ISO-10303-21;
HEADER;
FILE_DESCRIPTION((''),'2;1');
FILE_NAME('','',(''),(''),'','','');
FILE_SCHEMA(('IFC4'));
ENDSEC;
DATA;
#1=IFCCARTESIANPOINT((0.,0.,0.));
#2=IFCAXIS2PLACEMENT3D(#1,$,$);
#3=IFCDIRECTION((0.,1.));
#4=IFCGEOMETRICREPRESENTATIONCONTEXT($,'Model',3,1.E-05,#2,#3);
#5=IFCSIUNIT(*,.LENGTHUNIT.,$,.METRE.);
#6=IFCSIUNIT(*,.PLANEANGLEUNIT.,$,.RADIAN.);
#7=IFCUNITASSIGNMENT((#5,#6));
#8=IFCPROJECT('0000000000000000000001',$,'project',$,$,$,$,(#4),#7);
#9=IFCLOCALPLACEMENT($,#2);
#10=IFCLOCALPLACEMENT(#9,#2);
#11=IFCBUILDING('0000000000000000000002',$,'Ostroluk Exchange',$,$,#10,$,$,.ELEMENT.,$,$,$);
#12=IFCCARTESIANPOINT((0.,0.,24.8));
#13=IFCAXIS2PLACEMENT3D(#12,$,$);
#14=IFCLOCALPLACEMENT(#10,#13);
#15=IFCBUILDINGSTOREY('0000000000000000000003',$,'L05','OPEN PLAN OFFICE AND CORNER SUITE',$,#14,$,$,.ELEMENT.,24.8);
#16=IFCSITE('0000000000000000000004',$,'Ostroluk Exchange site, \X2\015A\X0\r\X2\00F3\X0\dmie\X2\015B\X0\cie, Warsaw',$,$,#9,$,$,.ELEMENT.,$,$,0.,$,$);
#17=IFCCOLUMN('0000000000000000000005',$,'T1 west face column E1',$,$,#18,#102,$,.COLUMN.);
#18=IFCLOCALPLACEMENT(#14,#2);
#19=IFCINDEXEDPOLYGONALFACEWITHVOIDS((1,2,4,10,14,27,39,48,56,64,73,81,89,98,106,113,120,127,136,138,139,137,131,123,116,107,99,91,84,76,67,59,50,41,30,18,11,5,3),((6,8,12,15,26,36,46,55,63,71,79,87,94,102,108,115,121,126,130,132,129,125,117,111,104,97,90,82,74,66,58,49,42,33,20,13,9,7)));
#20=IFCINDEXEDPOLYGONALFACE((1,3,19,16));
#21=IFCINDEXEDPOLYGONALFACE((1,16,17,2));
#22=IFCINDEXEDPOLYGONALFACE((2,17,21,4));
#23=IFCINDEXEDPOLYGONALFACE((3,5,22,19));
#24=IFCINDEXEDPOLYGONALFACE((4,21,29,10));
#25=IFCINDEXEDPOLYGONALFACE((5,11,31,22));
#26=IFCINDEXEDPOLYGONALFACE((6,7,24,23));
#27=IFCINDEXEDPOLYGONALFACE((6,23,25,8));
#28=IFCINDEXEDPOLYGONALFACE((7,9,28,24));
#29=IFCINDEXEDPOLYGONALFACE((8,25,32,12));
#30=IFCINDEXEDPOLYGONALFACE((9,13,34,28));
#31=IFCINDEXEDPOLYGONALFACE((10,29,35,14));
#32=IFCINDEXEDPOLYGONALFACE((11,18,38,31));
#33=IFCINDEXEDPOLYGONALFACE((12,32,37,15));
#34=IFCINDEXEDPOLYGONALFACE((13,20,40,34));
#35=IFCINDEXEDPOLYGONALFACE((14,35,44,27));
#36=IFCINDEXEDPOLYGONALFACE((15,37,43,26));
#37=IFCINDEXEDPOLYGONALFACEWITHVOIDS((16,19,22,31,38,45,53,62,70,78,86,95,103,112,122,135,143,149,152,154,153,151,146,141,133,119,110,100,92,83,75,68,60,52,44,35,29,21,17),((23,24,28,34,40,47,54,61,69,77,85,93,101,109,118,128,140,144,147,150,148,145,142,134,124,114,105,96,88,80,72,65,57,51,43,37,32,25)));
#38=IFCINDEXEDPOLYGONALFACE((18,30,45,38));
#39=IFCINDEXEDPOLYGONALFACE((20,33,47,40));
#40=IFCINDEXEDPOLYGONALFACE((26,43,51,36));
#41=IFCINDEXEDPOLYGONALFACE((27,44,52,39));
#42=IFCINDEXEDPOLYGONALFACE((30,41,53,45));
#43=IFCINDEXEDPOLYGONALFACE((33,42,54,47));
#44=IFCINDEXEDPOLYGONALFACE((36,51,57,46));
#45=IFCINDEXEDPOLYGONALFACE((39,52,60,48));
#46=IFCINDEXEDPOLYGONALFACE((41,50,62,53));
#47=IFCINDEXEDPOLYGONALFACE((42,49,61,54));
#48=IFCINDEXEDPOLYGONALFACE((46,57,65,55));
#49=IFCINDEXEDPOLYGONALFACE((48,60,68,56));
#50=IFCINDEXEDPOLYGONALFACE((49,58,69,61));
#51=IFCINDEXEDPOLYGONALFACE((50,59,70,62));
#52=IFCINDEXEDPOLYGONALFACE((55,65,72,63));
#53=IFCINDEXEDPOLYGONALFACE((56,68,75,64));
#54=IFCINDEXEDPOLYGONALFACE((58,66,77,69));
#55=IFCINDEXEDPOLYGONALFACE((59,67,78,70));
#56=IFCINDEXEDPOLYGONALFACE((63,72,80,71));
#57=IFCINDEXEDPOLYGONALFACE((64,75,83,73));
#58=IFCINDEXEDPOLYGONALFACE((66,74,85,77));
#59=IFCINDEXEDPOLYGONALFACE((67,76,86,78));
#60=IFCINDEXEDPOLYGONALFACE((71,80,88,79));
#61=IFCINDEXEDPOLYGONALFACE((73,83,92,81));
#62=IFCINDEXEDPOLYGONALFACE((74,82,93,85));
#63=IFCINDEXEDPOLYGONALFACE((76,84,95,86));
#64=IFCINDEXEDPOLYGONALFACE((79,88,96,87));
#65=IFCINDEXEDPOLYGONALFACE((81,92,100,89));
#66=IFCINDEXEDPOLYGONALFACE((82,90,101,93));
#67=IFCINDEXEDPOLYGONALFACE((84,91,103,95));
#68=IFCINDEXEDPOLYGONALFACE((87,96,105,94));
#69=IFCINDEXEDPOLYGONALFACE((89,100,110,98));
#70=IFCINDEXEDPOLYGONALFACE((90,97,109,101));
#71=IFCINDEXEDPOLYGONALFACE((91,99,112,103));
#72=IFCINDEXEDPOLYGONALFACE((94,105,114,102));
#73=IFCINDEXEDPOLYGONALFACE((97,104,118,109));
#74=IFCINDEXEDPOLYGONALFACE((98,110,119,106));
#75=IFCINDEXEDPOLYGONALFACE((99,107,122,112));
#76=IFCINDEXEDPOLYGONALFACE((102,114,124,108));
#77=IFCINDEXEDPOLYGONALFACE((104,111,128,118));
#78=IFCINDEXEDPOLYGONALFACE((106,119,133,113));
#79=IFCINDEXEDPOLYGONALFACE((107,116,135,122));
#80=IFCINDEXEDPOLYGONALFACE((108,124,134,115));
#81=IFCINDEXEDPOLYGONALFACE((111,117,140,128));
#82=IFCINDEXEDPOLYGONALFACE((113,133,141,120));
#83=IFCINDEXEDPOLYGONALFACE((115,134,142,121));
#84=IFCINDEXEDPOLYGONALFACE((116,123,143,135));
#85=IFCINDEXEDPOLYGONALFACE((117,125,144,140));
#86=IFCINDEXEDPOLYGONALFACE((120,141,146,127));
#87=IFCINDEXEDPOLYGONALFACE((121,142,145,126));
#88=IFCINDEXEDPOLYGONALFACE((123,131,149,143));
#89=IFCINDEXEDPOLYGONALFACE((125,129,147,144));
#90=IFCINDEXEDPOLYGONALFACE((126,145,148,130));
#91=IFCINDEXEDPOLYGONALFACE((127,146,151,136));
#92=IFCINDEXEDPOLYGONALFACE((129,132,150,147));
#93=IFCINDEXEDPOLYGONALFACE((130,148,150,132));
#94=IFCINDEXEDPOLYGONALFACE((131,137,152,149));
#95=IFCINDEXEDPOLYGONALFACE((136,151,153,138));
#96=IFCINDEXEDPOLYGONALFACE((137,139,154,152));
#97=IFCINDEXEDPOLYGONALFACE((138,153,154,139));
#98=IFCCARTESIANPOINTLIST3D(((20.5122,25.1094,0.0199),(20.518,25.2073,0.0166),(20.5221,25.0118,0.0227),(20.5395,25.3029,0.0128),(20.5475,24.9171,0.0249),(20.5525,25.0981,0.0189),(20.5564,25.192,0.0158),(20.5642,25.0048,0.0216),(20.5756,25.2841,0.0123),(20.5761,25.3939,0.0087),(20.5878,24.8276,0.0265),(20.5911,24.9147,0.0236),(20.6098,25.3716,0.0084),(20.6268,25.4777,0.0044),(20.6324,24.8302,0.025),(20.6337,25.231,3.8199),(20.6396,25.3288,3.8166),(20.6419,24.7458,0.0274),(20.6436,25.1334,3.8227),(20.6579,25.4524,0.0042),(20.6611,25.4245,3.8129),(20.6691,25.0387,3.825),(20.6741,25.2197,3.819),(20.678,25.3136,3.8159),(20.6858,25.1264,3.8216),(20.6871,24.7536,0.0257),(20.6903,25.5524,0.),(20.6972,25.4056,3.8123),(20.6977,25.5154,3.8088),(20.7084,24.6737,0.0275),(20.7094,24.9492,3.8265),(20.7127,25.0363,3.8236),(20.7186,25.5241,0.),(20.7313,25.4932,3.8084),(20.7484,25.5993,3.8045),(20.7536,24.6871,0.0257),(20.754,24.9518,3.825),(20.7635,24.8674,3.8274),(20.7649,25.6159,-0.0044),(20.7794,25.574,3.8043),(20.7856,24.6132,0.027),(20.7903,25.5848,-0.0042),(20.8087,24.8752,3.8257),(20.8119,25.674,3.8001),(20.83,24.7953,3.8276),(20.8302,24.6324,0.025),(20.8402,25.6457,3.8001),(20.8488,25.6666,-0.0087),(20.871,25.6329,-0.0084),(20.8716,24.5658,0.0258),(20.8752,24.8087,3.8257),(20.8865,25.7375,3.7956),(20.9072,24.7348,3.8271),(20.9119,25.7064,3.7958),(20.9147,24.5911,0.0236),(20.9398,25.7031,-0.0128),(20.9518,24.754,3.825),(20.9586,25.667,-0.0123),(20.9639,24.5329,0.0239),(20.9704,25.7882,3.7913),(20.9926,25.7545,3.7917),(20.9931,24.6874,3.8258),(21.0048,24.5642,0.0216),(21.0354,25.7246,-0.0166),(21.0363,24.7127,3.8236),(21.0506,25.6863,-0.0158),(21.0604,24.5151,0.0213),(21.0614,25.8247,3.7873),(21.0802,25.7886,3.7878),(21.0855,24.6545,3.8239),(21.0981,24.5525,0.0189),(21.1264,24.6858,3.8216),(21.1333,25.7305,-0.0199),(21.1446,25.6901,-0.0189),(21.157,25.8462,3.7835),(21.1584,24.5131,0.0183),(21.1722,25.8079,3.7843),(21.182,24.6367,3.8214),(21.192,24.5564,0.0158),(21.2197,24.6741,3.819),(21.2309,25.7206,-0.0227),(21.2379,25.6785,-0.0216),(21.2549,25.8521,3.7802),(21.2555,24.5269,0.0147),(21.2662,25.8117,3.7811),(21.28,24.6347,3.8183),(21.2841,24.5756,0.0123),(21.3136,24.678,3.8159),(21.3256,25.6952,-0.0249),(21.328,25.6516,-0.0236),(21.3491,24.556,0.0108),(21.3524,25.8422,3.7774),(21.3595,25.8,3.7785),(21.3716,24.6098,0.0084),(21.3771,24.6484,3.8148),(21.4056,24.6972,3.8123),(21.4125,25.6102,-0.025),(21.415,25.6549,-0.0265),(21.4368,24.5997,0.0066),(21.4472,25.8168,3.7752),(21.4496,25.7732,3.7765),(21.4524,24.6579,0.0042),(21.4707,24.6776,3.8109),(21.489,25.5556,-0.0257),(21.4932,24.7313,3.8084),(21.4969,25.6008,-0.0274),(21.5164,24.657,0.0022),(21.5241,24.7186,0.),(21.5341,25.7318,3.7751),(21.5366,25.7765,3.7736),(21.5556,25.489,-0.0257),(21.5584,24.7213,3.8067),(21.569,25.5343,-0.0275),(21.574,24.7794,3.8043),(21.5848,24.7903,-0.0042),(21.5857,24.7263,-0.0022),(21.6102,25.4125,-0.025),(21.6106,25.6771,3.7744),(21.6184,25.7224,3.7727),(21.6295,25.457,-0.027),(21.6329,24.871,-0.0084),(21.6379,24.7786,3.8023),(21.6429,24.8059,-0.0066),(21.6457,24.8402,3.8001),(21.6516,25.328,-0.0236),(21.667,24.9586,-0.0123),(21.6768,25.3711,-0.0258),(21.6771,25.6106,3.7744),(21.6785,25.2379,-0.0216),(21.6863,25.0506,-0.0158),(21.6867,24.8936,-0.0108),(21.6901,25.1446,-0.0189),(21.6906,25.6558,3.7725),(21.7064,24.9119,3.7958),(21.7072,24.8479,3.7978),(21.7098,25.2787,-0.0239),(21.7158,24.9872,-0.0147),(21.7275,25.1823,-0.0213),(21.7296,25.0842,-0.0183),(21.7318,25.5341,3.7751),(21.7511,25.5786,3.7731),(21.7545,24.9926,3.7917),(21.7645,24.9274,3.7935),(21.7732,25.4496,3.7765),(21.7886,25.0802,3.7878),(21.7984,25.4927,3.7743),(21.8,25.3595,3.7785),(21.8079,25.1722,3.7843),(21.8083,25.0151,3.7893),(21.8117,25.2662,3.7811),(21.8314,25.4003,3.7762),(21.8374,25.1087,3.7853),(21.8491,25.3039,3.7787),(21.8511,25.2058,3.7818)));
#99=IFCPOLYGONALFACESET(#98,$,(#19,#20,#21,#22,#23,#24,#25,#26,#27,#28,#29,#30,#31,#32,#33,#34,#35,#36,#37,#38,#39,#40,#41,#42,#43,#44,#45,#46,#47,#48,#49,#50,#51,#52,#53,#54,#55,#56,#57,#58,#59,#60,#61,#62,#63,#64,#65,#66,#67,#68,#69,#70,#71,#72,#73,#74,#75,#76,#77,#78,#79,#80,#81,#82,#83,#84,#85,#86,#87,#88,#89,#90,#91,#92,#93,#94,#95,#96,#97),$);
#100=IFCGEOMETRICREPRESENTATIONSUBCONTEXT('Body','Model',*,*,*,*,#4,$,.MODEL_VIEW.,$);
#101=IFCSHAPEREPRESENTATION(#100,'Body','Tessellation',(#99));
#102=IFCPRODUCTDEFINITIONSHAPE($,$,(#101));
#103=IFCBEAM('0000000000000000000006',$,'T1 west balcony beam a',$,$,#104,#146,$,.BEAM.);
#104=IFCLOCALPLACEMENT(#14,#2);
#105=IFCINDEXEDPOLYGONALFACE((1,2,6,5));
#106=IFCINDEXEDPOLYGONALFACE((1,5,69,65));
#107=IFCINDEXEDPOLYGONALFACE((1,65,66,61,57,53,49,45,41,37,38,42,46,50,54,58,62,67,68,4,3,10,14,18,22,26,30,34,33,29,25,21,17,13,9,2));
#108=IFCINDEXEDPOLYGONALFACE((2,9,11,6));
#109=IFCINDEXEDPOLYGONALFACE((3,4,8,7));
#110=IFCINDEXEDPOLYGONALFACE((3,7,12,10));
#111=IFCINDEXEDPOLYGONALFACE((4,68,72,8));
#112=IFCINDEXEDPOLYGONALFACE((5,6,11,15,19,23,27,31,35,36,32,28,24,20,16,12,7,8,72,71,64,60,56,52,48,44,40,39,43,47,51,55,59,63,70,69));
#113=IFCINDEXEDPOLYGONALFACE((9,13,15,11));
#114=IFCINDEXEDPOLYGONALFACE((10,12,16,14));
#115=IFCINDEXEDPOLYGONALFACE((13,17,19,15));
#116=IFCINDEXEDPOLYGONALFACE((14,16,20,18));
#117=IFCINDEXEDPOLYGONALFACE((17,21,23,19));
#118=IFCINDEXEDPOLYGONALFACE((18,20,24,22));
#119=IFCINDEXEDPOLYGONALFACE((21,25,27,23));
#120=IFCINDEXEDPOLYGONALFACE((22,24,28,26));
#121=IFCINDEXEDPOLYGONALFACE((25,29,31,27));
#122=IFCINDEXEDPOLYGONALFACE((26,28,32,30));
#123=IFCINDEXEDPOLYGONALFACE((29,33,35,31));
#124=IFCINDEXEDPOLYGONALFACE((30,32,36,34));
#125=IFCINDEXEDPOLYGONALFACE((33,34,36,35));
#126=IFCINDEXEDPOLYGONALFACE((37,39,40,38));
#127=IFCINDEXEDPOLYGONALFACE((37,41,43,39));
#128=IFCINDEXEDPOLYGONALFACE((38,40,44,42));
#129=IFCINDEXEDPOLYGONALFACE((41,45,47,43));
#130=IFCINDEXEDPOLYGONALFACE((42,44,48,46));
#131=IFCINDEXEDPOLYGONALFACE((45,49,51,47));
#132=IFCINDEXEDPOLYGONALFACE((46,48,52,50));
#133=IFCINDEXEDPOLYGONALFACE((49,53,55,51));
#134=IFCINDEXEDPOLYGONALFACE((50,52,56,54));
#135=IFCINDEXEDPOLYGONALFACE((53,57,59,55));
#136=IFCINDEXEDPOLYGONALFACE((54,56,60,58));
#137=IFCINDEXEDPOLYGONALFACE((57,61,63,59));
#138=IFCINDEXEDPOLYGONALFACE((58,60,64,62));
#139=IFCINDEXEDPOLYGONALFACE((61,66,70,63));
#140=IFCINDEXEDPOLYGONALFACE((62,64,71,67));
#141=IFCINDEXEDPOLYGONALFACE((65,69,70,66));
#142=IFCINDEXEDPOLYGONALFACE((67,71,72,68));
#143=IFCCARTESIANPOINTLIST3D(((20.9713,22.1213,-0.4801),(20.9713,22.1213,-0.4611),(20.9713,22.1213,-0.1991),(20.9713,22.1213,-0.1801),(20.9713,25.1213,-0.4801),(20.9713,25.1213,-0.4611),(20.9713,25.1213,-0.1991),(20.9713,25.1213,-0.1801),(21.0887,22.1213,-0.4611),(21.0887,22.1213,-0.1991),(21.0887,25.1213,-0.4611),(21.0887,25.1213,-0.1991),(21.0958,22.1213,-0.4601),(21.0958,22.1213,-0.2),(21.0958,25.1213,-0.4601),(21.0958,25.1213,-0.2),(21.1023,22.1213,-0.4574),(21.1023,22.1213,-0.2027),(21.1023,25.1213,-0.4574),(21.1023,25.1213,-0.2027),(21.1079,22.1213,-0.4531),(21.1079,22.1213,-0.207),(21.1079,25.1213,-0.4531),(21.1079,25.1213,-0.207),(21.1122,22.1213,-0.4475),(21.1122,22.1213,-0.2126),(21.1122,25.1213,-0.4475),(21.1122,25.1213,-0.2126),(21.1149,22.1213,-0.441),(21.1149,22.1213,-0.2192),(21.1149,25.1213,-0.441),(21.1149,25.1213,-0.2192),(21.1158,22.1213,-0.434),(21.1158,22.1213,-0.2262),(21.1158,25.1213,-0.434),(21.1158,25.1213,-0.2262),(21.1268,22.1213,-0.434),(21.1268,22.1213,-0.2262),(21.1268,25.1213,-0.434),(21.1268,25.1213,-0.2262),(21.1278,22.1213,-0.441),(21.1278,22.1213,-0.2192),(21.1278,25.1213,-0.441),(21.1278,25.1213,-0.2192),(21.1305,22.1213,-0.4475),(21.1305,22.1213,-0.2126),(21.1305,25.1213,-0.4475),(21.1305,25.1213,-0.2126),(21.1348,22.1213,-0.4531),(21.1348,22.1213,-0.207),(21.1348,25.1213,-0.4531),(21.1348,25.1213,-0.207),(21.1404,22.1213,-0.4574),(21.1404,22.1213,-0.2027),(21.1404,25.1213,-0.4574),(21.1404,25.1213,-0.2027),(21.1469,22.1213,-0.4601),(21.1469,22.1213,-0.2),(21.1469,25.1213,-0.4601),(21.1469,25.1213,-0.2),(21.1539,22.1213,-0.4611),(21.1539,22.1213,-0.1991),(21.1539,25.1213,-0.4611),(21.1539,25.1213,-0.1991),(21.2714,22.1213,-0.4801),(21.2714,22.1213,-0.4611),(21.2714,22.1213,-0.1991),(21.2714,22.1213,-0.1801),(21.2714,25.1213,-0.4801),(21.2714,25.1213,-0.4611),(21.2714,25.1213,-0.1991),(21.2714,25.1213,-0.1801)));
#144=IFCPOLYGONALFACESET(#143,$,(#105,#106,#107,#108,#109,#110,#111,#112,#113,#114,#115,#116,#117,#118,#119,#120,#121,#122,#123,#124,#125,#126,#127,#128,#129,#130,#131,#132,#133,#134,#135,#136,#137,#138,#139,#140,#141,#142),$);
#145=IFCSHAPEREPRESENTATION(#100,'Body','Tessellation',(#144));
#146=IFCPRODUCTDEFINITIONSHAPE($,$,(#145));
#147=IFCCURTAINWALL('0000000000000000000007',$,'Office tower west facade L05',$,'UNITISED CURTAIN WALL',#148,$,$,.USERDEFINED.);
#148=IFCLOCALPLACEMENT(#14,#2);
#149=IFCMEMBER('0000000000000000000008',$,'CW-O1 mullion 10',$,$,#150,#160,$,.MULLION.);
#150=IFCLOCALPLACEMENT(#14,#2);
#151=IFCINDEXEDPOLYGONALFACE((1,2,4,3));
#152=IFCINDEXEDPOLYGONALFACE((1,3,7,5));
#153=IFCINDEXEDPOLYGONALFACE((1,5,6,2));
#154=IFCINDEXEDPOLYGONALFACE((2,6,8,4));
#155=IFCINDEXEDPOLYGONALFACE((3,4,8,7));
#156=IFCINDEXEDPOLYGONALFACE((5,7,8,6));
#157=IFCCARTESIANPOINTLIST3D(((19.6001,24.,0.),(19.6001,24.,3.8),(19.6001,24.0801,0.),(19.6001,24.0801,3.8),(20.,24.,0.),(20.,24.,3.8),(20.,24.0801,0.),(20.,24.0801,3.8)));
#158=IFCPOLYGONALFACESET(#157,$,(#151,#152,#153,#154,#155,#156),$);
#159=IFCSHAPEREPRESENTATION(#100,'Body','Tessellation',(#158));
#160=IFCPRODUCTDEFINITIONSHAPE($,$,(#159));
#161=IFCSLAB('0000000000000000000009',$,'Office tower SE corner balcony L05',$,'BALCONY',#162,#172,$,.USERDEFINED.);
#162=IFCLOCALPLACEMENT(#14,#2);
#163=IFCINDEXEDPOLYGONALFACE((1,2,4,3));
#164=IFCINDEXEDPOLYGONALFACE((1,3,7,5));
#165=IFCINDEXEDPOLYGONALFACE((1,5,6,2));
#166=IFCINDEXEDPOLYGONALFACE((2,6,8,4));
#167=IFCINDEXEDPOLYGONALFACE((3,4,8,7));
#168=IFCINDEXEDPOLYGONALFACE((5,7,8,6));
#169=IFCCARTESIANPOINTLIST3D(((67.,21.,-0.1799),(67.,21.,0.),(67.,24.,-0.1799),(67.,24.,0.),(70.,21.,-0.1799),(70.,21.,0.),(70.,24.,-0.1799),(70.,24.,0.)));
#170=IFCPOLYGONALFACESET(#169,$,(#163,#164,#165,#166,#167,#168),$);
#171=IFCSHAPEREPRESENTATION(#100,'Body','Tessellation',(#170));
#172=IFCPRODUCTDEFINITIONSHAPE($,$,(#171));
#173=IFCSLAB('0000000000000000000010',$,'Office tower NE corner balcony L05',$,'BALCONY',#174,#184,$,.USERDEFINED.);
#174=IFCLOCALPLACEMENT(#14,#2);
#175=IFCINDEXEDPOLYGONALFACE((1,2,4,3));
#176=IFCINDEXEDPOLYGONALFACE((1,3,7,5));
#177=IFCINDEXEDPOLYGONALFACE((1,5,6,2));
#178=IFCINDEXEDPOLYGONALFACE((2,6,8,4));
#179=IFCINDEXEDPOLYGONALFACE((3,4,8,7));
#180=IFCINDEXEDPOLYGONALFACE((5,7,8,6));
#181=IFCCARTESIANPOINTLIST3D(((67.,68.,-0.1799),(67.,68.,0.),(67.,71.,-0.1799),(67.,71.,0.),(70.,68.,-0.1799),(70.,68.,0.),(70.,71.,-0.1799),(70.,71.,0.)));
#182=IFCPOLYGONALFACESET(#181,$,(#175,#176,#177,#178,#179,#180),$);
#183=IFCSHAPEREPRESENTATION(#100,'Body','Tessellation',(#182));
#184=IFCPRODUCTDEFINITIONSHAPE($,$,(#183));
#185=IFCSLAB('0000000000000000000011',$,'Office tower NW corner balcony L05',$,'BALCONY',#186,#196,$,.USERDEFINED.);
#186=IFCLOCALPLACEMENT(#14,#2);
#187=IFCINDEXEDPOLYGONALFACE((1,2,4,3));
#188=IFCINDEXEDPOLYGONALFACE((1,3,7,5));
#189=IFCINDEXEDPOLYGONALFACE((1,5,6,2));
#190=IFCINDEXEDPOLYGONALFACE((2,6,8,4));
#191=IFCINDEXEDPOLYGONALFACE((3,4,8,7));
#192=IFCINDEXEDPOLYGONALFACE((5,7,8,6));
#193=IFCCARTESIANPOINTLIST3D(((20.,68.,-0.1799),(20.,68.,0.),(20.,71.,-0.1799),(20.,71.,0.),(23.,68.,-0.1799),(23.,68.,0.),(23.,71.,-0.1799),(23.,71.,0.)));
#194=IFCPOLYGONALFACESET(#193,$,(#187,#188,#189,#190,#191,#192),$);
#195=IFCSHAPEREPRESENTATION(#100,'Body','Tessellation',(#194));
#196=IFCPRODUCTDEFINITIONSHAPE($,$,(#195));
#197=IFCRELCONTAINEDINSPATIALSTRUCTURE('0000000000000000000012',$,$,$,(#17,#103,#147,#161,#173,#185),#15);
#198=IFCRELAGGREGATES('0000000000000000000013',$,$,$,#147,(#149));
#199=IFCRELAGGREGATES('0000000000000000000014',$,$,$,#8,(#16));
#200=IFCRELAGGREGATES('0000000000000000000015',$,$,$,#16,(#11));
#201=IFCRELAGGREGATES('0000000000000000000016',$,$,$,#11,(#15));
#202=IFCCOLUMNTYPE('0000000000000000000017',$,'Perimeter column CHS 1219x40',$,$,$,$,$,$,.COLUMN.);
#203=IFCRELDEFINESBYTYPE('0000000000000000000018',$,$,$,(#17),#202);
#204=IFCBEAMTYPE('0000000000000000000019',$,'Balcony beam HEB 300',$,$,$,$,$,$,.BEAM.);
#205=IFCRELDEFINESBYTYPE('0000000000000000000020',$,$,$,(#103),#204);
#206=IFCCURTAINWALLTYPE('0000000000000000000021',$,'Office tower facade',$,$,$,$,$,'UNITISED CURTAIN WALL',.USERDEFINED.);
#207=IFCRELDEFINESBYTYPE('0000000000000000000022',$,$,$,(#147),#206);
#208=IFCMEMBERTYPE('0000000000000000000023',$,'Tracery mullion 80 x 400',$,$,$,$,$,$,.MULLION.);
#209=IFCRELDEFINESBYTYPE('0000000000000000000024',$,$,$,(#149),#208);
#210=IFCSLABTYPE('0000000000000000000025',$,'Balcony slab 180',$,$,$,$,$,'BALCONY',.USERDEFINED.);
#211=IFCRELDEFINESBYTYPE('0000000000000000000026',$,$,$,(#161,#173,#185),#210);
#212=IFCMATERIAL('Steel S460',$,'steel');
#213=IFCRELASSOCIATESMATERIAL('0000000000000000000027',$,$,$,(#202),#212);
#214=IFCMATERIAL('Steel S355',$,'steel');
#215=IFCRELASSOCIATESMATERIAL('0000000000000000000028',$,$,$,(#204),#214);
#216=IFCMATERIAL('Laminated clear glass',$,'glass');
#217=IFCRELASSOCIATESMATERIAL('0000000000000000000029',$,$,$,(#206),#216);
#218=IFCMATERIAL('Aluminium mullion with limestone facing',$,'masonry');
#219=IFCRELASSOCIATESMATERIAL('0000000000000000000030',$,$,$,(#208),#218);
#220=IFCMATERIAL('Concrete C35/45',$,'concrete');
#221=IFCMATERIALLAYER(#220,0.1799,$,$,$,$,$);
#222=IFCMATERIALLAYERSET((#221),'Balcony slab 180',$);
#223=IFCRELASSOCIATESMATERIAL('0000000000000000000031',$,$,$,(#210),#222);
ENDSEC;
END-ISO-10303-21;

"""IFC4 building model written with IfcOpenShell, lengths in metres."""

from ifc_helpers import new_model, si_unit, direction, frame, origin, origin_2d, place, context, subcontext, project, spatial, polyline, rectangle, hollow_circle, i_section, outline, extrude, material, layer, layer_set, material_profile, profile_set, type_object, element, aggregate, save


model = new_model("IFC4")

# Units and contexts
model_context = context("Model", 3, precision=1e-05, world=origin(), true_north=direction((0.0, 1.0)))
body_context = subcontext(model_context, "Body", "Model", "MODEL_VIEW")
ifc_project = project(units=[si_unit("LENGTHUNIT", "METRE"), si_unit("PLANEANGLEUNIT", "RADIAN")], contexts=[model_context])

# Site, building, storey
site_placement = place(None, origin())
site = spatial("IfcSite", under=ifc_project, at=site_placement, Name="Ostroluk Exchange site, Śródmieście, Warsaw", CompositionType="ELEMENT", RefElevation=0.0)
building_placement = place(site_placement, origin())
building = spatial("IfcBuilding", under=site, at=building_placement, Name="Ostroluk Exchange", CompositionType="ELEMENT")
storey_placement = place(building_placement, frame((0.0, 0.0, 24.8)))
storey = spatial("IfcBuildingStorey", under=building, at=storey_placement, Name="L05", Description="OPEN PLAN OFFICE AND CORNER SUITE", CompositionType="ELEMENT", Elevation=24.8)

# Column
ifc_material_1 = material(Name="Steel S460", Category="steel")
ifc_material_profile_1 = material_profile(ifc_material_1, hollow_circle(Radius=0.6096, WallThickness=0.04, at=origin_2d()), Name="CHS 1219x40")
ifc_profile_set_1 = profile_set([ifc_material_profile_1], Name="Steel S460")
column_type = type_object("IfcColumnType", Name="Perimeter column CHS 1219x40", PredefinedType="COLUMN", material=ifc_profile_set_1)
column_placement = place(storey_placement, frame((21.1213, 25.1213, 0.0), z_axis=(0.031962, 0.031962, 0.998978), x_axis=(-0.707107, 0.707107, 0.0)))
element("IfcColumn", 1, at=column_placement, inside=storey, type_object=column_type, Name="T1 west face column E1", PredefinedType="COLUMN", context=body_context, shape_type="SweptSolid", body=[
    extrude(hollow_circle(Radius=0.6096, WallThickness=0.04, at=origin_2d()), origin(), (0.0, 0.0, 1.0), 3.804),
])

# Beam
ifc_material_2 = material(Name="Steel S355", Category="steel")
ifc_material_profile_2 = material_profile(ifc_material_2, i_section(OverallWidth=0.3, OverallDepth=0.3, WebThickness=0.011, FlangeThickness=0.019, FilletRadius=0.0271, at=origin_2d()), Name="HEB 300")
ifc_profile_set_2 = profile_set([ifc_material_profile_2], Name="Steel S355")
beam_type = type_object("IfcBeamType", Name="Balcony beam HEB 300", PredefinedType="BEAM", material=ifc_profile_set_2)
beam_placement = place(storey_placement, frame((21.1213, 25.1213, -0.3301), z_axis=(0.0, -1.0, 0.0), x_axis=(1.0, 0.0, 0.0)))
element("IfcBeam", 2, at=beam_placement, inside=storey, type_object=beam_type, Name="T1 west balcony beam a", PredefinedType="BEAM", context=body_context, shape_type="SweptSolid", body=[
    extrude(i_section(OverallWidth=0.3, OverallDepth=0.3, WebThickness=0.011, FlangeThickness=0.019, FilletRadius=0.0271, at=origin_2d()), origin(), (0.0, 0.0, 1.0), 3.0),
])

# Curtain wall, member
ifc_material_3 = material(Name="Laminated clear glass", Category="glass")
curtain_wall_type = type_object("IfcCurtainWallType", Name="Office tower facade", ElementType="UNITISED CURTAIN WALL", PredefinedType="USERDEFINED", material=ifc_material_3)
curtain_wall_placement = place(storey_placement, origin())
curtain_wall = element("IfcCurtainWall", 3, at=curtain_wall_placement, inside=storey, type_object=curtain_wall_type, Name="Office tower west facade L05", ObjectType="UNITISED CURTAIN WALL", PredefinedType="USERDEFINED")
ifc_material_4 = material(Name="Aluminium mullion with limestone facing", Category="masonry")
ifc_material_profile_3 = material_profile(ifc_material_4, rectangle(XDim=0.3999, YDim=0.0801, at=origin_2d()), Name="Tracery mullion 80 x 400")
ifc_profile_set_3 = profile_set([ifc_material_profile_3], Name="Aluminium mullion with limestone facing")
member_type = type_object("IfcMemberType", Name="Tracery mullion 80 x 400", PredefinedType="MULLION", material=ifc_profile_set_3)
member_placement = place(storey_placement, frame((19.8, 24.04, 0.0), z_axis=(0.0, 0.0, 1.0), x_axis=(1.0, 0.0, 0.0)))
member = element("IfcMember", 4, at=member_placement, type_object=member_type, Name="CW-O1 mullion 10", PredefinedType="MULLION", context=body_context, shape_type="SweptSolid", body=[
    extrude(rectangle(XDim=0.3999, YDim=0.0801, at=origin_2d()), origin(), (0.0, 0.0, 1.0), 3.8),
])
aggregate(curtain_wall, [member])

# Slabs
ifc_material_5 = material(Name="Concrete C35/45", Category="concrete")
ifc_layer_1 = layer(ifc_material_5, 0.1799)
ifc_layer_set_1 = layer_set([ifc_layer_1], Name="Balcony slab 180")
slab_type_1 = type_object("IfcSlabType", Name="Balcony slab 180", ElementType="BALCONY", PredefinedType="USERDEFINED", material=ifc_layer_set_1)
slab_1_placement = place(storey_placement, frame((0.0, 0.0, -0.1799)))
element("IfcSlab", 5, at=slab_1_placement, inside=storey, type_object=slab_type_1, Name="Office tower SE corner balcony L05", ObjectType="BALCONY", PredefinedType="USERDEFINED", context=body_context, shape_type="SweptSolid", body=[
    extrude(outline(polyline([(67.0, 21.0), (70.0, 21.0), (70.0, 24.0), (67.0, 24.0), (67.0, 21.0)])), origin(), (0.0, 0.0, 1.0), 0.1799),
])
slab_2_placement = place(storey_placement, frame((0.0, 0.0, -0.1799)))
element("IfcSlab", 6, at=slab_2_placement, inside=storey, type_object=slab_type_1, Name="Office tower NE corner balcony L05", ObjectType="BALCONY", PredefinedType="USERDEFINED", context=body_context, shape_type="SweptSolid", body=[
    extrude(outline(polyline([(67.0, 68.0), (70.0, 68.0), (70.0, 71.0), (67.0, 71.0), (67.0, 68.0)])), origin(), (0.0, 0.0, 1.0), 0.1799),
])
slab_3_placement = place(storey_placement, frame((0.0, 0.0, -0.1799)))
element("IfcSlab", 7, at=slab_3_placement, inside=storey, type_object=slab_type_1, Name="Office tower NW corner balcony L05", ObjectType="BALCONY", PredefinedType="USERDEFINED", context=body_context, shape_type="SweptSolid", body=[
    extrude(outline(polyline([(20.0, 68.0), (23.0, 68.0), (23.0, 71.0), (20.0, 71.0), (20.0, 68.0)])), origin(), (0.0, 0.0, 1.0), 0.1799),
])

save(model, "model.ifc")
